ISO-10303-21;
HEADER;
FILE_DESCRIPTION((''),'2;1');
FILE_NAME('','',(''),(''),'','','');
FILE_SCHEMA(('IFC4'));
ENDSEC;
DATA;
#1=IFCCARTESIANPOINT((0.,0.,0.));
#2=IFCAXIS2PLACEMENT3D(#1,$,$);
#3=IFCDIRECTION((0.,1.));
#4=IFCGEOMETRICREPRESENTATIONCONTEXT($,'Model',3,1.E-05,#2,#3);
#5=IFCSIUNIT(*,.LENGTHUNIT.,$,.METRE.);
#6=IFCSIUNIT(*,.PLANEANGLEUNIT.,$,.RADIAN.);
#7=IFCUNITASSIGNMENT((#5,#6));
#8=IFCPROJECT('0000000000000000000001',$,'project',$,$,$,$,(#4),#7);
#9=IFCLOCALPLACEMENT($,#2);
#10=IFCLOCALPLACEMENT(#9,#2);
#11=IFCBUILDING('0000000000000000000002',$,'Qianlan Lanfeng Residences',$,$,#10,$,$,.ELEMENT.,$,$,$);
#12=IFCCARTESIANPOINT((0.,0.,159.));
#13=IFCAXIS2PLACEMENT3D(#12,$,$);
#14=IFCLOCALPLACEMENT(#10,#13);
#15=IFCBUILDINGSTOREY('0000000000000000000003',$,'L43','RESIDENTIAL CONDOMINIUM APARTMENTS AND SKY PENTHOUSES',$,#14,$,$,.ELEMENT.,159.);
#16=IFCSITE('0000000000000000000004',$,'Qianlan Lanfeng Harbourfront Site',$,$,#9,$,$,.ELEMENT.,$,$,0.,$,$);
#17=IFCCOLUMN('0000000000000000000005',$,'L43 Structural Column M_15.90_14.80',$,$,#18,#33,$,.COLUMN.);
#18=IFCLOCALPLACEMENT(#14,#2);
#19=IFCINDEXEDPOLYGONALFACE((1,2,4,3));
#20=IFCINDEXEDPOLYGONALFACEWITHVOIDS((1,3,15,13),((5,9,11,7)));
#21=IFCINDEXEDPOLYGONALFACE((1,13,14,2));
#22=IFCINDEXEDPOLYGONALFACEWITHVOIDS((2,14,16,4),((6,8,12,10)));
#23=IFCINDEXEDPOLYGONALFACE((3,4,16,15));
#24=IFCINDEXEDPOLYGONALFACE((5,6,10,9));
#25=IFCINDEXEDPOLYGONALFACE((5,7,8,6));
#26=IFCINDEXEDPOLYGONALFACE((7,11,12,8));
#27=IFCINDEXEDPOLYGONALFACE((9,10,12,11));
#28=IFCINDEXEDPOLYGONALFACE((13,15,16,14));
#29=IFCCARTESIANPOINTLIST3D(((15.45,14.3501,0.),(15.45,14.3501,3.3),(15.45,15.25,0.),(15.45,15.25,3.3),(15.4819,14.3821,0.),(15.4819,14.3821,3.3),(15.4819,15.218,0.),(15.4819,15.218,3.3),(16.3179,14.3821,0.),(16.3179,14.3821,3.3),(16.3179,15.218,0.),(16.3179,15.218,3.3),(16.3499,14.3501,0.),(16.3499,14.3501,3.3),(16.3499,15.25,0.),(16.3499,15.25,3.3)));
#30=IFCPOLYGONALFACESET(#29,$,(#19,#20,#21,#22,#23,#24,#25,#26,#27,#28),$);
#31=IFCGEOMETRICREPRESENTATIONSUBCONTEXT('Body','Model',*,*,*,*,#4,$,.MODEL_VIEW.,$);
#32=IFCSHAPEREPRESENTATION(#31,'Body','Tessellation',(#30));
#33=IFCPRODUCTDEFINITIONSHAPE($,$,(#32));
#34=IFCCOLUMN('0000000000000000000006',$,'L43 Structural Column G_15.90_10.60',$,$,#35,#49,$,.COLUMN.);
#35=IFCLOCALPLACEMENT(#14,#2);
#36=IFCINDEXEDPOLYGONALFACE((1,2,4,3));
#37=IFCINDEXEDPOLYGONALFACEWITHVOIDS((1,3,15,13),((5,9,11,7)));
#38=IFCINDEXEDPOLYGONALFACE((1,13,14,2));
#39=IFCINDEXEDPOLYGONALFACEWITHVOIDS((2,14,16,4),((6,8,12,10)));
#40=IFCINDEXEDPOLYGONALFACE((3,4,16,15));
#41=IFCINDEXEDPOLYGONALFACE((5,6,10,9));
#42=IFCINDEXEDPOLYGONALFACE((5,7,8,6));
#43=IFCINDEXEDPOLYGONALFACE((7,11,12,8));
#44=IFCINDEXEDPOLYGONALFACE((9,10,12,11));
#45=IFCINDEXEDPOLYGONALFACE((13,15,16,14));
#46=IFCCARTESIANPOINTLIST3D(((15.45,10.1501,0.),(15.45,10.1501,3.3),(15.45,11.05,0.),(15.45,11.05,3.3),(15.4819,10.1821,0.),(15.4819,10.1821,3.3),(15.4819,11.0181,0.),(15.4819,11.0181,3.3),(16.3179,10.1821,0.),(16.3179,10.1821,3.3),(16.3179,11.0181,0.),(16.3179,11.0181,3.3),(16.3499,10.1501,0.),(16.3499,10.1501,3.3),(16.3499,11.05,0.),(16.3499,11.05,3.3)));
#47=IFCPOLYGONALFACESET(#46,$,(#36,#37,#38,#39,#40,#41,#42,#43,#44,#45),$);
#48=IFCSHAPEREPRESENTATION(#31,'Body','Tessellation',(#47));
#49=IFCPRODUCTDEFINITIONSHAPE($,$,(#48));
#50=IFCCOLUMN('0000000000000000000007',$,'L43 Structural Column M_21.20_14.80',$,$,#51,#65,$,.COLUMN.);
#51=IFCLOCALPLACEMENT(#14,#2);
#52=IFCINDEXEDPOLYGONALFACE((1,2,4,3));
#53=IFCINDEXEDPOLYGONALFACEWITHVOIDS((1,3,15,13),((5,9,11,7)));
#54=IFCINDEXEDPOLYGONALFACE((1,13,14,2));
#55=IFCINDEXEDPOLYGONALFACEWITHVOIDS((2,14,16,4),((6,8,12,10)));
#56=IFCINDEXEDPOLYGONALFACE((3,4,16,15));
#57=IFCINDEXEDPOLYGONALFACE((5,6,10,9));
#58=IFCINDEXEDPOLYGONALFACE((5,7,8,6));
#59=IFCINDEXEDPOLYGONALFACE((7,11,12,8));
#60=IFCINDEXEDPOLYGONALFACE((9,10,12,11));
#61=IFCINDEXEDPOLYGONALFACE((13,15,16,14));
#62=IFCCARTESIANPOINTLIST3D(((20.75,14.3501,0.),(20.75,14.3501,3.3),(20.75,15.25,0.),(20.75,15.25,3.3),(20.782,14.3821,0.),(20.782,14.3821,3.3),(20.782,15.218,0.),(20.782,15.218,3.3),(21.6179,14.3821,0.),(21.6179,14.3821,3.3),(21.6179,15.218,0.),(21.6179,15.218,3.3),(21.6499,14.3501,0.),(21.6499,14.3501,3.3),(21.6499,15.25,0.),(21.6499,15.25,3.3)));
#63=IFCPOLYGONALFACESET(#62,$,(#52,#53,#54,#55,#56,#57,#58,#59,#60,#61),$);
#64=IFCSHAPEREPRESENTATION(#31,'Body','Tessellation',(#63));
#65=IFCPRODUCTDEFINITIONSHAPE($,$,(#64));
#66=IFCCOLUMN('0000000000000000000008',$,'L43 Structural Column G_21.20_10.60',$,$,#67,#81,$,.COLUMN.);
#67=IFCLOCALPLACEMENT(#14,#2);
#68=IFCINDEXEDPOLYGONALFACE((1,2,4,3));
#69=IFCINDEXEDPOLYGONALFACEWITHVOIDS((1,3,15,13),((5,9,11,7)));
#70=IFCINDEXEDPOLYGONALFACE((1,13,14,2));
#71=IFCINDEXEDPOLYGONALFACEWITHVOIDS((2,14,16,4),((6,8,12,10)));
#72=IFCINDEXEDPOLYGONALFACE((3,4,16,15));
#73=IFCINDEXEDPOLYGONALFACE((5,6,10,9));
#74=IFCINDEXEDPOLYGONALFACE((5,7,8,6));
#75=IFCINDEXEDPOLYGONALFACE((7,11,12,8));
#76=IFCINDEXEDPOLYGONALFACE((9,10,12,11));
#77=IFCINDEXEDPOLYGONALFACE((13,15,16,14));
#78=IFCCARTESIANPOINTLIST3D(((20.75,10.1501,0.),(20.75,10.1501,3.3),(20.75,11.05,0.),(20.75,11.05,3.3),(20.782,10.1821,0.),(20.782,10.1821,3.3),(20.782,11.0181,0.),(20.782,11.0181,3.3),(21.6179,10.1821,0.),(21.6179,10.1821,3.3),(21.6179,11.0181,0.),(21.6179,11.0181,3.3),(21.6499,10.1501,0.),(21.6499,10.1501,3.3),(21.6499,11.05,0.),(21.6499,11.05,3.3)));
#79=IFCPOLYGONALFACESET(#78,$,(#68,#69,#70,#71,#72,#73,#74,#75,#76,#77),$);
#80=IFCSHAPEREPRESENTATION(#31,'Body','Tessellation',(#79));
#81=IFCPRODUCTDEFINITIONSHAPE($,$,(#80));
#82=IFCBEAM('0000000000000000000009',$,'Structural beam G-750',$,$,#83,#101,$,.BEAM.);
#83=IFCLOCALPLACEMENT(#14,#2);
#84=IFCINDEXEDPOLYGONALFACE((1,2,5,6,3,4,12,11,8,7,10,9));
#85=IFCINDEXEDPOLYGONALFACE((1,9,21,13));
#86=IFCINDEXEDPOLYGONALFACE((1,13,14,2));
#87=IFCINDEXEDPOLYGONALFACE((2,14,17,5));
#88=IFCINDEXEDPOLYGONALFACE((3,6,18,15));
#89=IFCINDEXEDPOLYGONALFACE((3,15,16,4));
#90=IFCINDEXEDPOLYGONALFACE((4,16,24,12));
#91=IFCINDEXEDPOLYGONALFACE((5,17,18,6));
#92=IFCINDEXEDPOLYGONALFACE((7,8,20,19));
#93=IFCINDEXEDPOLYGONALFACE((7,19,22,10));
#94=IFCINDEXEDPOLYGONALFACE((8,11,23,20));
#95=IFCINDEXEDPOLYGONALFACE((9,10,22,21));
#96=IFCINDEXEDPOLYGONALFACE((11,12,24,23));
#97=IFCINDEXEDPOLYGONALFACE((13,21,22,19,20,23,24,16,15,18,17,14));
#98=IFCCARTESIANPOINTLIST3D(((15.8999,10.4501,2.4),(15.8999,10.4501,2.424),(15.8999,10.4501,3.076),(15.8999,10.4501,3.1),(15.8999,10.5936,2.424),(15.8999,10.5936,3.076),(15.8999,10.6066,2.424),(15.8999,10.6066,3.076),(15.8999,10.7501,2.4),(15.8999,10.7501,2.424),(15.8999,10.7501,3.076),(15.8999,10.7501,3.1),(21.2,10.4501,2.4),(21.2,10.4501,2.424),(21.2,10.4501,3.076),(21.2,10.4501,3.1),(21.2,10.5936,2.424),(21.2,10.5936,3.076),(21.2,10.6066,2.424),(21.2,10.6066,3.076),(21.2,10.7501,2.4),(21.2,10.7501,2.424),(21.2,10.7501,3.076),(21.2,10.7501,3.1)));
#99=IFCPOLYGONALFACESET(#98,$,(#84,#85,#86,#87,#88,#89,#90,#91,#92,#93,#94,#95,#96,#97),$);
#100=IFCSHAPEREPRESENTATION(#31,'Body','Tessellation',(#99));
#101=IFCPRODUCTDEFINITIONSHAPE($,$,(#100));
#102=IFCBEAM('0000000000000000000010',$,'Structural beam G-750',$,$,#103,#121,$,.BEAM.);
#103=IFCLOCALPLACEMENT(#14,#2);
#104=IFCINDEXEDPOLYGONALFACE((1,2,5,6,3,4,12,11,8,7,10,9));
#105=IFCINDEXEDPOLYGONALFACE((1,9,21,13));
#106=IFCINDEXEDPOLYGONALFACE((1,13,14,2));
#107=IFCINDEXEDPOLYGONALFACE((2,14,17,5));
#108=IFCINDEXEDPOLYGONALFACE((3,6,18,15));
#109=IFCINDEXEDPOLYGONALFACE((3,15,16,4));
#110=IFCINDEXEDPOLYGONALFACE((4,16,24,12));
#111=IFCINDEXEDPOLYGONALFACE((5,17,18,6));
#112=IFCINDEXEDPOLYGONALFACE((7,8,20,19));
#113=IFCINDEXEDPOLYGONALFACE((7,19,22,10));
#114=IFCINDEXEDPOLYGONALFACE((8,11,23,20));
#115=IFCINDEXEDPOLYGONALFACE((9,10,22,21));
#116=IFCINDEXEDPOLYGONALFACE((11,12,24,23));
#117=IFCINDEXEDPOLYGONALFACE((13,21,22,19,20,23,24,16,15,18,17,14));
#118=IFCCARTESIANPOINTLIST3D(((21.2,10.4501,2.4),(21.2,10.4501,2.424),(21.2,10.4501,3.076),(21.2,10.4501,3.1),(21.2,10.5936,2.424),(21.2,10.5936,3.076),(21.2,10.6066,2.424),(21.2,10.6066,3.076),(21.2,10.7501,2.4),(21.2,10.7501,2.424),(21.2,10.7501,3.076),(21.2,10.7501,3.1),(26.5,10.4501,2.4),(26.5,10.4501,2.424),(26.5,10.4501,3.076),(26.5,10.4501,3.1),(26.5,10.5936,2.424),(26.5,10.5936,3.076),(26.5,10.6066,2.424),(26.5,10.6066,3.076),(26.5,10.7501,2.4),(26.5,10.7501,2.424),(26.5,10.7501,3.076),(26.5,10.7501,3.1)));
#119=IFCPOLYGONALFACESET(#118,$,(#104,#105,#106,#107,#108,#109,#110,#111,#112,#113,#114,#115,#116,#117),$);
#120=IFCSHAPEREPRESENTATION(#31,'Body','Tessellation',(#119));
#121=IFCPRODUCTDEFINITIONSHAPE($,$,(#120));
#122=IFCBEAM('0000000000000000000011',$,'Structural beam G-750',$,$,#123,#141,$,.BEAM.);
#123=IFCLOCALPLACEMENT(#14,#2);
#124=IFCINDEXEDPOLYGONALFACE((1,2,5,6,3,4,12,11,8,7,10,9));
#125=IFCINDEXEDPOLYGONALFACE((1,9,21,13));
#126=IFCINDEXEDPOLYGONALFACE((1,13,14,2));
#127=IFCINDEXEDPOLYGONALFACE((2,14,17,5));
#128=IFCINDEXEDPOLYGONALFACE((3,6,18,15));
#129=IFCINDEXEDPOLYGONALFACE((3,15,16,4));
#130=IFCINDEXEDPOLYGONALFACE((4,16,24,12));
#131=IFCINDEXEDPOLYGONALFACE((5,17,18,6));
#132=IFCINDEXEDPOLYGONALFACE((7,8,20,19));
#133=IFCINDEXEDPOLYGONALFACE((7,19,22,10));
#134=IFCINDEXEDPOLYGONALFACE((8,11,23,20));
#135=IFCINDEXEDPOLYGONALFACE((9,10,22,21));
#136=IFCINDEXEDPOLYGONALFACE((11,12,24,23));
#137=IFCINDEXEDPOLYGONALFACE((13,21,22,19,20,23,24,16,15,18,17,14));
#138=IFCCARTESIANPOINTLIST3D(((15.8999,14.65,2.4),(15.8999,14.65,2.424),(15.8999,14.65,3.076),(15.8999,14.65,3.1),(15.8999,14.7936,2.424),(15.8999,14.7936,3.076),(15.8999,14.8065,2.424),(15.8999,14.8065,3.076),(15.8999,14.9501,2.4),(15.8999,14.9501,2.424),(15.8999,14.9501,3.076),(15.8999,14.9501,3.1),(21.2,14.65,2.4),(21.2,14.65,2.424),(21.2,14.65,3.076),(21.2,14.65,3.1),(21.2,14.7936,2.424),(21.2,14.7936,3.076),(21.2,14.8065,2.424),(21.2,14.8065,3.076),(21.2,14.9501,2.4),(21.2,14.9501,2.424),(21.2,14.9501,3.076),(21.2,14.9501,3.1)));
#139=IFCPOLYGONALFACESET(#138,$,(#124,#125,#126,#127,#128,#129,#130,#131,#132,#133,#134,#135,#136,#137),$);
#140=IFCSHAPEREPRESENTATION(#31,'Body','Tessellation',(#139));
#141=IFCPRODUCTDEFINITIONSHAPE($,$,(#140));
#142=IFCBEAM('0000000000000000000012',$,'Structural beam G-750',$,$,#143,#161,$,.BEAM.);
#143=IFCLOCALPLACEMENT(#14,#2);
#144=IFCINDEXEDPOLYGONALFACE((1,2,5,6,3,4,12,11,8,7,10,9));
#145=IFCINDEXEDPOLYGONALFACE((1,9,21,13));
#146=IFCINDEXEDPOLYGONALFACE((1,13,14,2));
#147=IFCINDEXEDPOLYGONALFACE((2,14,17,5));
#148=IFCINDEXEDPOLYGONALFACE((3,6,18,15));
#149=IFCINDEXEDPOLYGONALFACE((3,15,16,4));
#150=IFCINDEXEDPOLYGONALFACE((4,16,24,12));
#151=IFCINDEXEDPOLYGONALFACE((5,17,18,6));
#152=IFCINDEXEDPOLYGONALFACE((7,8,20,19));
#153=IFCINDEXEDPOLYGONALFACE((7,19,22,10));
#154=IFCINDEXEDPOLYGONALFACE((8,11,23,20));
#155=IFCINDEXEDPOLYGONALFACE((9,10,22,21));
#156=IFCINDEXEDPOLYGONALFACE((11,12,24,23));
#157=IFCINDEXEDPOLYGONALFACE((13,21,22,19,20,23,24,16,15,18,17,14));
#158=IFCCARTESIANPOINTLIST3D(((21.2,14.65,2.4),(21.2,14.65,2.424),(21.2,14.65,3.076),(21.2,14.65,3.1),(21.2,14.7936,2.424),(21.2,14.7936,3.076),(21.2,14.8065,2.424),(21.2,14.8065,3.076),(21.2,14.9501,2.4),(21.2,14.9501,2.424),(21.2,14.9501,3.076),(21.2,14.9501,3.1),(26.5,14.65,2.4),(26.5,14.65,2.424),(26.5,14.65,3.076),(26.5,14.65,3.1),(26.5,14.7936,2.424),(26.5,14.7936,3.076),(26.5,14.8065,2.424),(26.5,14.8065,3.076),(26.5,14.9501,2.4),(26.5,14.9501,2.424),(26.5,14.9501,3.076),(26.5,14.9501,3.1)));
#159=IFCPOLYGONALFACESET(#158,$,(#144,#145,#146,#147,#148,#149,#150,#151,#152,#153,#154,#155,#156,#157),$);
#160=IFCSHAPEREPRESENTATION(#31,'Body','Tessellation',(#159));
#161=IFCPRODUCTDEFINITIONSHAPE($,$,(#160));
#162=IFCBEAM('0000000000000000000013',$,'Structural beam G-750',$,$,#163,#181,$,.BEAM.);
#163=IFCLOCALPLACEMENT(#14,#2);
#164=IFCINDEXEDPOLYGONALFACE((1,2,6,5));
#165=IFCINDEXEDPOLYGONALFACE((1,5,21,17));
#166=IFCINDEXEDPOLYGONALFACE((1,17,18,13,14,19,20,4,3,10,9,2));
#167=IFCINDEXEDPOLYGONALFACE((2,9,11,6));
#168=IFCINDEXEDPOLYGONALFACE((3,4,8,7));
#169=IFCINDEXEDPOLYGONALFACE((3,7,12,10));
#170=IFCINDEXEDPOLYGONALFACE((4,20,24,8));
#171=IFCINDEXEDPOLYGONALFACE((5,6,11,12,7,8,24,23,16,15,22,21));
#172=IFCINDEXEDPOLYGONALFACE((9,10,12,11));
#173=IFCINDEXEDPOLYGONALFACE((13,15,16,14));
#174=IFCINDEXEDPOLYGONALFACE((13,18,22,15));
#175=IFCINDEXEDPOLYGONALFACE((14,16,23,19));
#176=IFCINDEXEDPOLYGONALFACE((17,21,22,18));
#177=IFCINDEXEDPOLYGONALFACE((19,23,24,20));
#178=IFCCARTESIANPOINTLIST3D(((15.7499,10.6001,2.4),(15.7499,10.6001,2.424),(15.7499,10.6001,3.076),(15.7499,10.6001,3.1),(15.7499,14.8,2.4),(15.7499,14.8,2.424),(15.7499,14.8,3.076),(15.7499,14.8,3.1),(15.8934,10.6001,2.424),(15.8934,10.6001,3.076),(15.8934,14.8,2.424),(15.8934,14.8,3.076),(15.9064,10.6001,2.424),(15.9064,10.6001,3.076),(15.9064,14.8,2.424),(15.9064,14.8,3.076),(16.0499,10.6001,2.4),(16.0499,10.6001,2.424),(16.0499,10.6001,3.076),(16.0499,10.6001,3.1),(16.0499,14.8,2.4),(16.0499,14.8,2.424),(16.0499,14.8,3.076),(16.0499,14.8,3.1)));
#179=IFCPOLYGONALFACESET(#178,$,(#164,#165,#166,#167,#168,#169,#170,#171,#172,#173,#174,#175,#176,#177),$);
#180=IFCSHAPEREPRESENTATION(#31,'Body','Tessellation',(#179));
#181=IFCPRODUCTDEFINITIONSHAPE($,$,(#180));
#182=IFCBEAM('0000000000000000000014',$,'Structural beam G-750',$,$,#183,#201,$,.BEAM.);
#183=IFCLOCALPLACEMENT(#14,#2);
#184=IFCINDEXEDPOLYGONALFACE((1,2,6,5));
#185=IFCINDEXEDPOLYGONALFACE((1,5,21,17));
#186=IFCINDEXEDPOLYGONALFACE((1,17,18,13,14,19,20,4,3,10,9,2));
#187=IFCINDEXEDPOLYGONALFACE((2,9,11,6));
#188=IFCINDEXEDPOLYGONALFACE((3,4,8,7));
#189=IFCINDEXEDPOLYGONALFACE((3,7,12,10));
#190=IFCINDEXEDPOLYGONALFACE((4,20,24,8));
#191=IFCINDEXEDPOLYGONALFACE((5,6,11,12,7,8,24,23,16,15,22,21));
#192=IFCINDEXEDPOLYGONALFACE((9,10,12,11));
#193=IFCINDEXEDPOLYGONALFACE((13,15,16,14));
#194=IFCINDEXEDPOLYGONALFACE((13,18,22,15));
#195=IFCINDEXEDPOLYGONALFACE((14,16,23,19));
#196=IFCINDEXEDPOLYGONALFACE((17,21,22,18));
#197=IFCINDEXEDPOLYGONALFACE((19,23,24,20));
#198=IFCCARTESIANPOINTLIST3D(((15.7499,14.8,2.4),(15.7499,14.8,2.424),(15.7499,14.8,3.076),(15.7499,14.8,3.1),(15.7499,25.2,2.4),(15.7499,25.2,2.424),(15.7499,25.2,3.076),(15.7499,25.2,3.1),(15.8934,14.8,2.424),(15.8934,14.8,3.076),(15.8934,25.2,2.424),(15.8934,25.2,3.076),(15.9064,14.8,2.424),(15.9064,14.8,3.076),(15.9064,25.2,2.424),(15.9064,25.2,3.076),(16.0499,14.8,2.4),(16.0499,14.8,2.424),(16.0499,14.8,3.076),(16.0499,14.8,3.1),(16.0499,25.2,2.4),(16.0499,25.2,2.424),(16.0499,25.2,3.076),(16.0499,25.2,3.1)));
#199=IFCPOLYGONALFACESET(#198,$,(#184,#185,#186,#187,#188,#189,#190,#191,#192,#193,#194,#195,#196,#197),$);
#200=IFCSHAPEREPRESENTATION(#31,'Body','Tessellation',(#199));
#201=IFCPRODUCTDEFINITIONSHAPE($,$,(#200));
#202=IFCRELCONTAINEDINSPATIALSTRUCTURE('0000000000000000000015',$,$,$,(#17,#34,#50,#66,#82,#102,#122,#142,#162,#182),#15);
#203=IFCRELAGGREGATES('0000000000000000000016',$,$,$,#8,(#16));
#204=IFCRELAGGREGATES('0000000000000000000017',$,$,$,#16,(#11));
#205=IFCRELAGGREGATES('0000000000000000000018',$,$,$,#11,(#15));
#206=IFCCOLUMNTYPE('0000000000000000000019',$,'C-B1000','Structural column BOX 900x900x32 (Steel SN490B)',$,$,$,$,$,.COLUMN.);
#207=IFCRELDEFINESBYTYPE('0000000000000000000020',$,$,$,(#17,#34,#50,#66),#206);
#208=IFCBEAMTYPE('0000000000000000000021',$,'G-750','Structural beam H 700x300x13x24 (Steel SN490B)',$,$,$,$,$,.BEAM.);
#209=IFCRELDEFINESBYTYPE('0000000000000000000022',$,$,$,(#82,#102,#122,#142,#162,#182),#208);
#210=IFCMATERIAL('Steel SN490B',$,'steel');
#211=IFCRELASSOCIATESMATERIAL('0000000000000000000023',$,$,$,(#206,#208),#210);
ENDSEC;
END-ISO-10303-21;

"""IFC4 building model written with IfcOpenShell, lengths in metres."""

from ifc_helpers import new_model, si_unit, direction, frame, origin, origin_2d, place, context, subcontext, project, spatial, hollow_rectangle, i_section, extrude, material, material_profile, profile_set, type_object, element, save


model = new_model("IFC4")

# Units and contexts
model_context = context("Model", 3, precision=1e-05, world=origin(), true_north=direction((0.0, 1.0)))
body_context = subcontext(model_context, "Body", "Model", "MODEL_VIEW")
ifc_project = project(units=[si_unit("LENGTHUNIT", "METRE"), si_unit("PLANEANGLEUNIT", "RADIAN")], contexts=[model_context])

# Site, building, storey
site_placement = place(None, origin())
site = spatial("IfcSite", under=ifc_project, at=site_placement, Name="Qianlan Lanfeng Harbourfront Site", CompositionType="ELEMENT", RefElevation=0.0)
building_placement = place(site_placement, origin())
building = spatial("IfcBuilding", under=site, at=building_placement, Name="Qianlan Lanfeng Residences", CompositionType="ELEMENT")
storey_placement = place(building_placement, frame((0.0, 0.0, 159.0)))
storey = spatial("IfcBuildingStorey", under=building, at=storey_placement, Name="L43", Description="RESIDENTIAL CONDOMINIUM APARTMENTS AND SKY PENTHOUSES", CompositionType="ELEMENT", Elevation=159.0)

# Columns
ifc_material_1 = material(Name="Steel SN490B", Category="steel")
ifc_material_profile_1 = material_profile(ifc_material_1, hollow_rectangle(XDim=0.8999, YDim=0.8999, WallThickness=0.032, at=origin_2d()), Name="BOX 900x900x32")
ifc_profile_set_1 = profile_set([ifc_material_profile_1], Name="Steel SN490B")
column_type = type_object("IfcColumnType", Name="C-B1000", Description="Structural column BOX 900x900x32 (Steel SN490B)", PredefinedType="COLUMN", material=ifc_profile_set_1)
for number, where, z_axis, x_axis, name in (
    (1, (15.8999, 14.8, 0.0), (0.0, 0.0, 1.0), (1.0, 0.0, 0.0), "L43 Structural Column M_15.90_14.80"),
    (2, (15.8999, 10.6001, 0.0), (0.0, 0.0, 1.0), (1.0, 0.0, 0.0), "L43 Structural Column G_15.90_10.60"),
    (3, (21.2, 14.8, 0.0), (0.0, 0.0, 1.0), (1.0, 0.0, 0.0), "L43 Structural Column M_21.20_14.80"),
    (4, (21.2, 10.6001, 0.0), (0.0, 0.0, 1.0), (1.0, 0.0, 0.0), "L43 Structural Column G_21.20_10.60"),
):
    element("IfcColumn", number, at=place(storey_placement, frame(where, z_axis=z_axis, x_axis=x_axis)), inside=storey, type_object=column_type, Name=name, PredefinedType="COLUMN", context=body_context, shape_type="SweptSolid", body=[
        extrude(hollow_rectangle(XDim=0.8999, YDim=0.8999, WallThickness=0.032, at=origin_2d()), origin(), (0.0, 0.0, 1.0), 3.3),
    ])

# Beams
ifc_material_profile_2 = material_profile(ifc_material_1, i_section(OverallWidth=0.3, OverallDepth=0.7, WebThickness=0.0129, FlangeThickness=0.0239, at=origin_2d()), Name="H 700x300x13x24")
ifc_profile_set_2 = profile_set([ifc_material_profile_2], Name="Steel SN490B")
beam_type_1 = type_object("IfcBeamType", Name="G-750", Description="Structural beam H 700x300x13x24 (Steel SN490B)", PredefinedType="BEAM", material=ifc_profile_set_2)
for number, where, z_axis, x_axis, name in (
    (5, (15.8999, 10.6001, 2.75), (1.0, 0.0, 0.0), (0.0, 1.0, 0.0), "Structural beam G-750"),
    (6, (21.2, 10.6001, 2.75), (1.0, 0.0, 0.0), (0.0, 1.0, 0.0), "Structural beam G-750"),
    (7, (15.8999, 14.8, 2.75), (1.0, 0.0, 0.0), (0.0, 1.0, 0.0), "Structural beam G-750"),
    (8, (21.2, 14.8, 2.75), (1.0, 0.0, 0.0), (0.0, 1.0, 0.0), "Structural beam G-750"),
):
    element("IfcBeam", number, at=place(storey_placement, frame(where, z_axis=z_axis, x_axis=x_axis)), inside=storey, type_object=beam_type_1, Name=name, PredefinedType="BEAM", context=body_context, shape_type="SweptSolid", body=[
        extrude(i_section(OverallWidth=0.3, OverallDepth=0.7, WebThickness=0.0129, FlangeThickness=0.0239, at=origin_2d()), origin(), (0.0, 0.0, 1.0), 5.3),
    ])
beam_1_placement = place(storey_placement, frame((15.8999, 10.6001, 2.75), z_axis=(0.0, 1.0, 0.0), x_axis=(-1.0, 0.0, 0.0)))
element("IfcBeam", 9, at=beam_1_placement, inside=storey, type_object=beam_type_1, Name="Structural beam G-750", PredefinedType="BEAM", context=body_context, shape_type="SweptSolid", body=[
    extrude(i_section(OverallWidth=0.3, OverallDepth=0.7, WebThickness=0.0129, FlangeThickness=0.0239, at=origin_2d()), origin(), (0.0, 0.0, 1.0), 4.2),
])
beam_2_placement = place(storey_placement, frame((15.8999, 14.8, 2.75), z_axis=(0.0, 1.0, 0.0), x_axis=(-1.0, 0.0, 0.0)))
element("IfcBeam", 10, at=beam_2_placement, inside=storey, type_object=beam_type_1, Name="Structural beam G-750", PredefinedType="BEAM", context=body_context, shape_type="SweptSolid", body=[
    extrude(i_section(OverallWidth=0.3, OverallDepth=0.7, WebThickness=0.0129, FlangeThickness=0.0239, at=origin_2d()), origin(), (0.0, 0.0, 1.0), 10.3999),
])

save(model, "model.ifc")
